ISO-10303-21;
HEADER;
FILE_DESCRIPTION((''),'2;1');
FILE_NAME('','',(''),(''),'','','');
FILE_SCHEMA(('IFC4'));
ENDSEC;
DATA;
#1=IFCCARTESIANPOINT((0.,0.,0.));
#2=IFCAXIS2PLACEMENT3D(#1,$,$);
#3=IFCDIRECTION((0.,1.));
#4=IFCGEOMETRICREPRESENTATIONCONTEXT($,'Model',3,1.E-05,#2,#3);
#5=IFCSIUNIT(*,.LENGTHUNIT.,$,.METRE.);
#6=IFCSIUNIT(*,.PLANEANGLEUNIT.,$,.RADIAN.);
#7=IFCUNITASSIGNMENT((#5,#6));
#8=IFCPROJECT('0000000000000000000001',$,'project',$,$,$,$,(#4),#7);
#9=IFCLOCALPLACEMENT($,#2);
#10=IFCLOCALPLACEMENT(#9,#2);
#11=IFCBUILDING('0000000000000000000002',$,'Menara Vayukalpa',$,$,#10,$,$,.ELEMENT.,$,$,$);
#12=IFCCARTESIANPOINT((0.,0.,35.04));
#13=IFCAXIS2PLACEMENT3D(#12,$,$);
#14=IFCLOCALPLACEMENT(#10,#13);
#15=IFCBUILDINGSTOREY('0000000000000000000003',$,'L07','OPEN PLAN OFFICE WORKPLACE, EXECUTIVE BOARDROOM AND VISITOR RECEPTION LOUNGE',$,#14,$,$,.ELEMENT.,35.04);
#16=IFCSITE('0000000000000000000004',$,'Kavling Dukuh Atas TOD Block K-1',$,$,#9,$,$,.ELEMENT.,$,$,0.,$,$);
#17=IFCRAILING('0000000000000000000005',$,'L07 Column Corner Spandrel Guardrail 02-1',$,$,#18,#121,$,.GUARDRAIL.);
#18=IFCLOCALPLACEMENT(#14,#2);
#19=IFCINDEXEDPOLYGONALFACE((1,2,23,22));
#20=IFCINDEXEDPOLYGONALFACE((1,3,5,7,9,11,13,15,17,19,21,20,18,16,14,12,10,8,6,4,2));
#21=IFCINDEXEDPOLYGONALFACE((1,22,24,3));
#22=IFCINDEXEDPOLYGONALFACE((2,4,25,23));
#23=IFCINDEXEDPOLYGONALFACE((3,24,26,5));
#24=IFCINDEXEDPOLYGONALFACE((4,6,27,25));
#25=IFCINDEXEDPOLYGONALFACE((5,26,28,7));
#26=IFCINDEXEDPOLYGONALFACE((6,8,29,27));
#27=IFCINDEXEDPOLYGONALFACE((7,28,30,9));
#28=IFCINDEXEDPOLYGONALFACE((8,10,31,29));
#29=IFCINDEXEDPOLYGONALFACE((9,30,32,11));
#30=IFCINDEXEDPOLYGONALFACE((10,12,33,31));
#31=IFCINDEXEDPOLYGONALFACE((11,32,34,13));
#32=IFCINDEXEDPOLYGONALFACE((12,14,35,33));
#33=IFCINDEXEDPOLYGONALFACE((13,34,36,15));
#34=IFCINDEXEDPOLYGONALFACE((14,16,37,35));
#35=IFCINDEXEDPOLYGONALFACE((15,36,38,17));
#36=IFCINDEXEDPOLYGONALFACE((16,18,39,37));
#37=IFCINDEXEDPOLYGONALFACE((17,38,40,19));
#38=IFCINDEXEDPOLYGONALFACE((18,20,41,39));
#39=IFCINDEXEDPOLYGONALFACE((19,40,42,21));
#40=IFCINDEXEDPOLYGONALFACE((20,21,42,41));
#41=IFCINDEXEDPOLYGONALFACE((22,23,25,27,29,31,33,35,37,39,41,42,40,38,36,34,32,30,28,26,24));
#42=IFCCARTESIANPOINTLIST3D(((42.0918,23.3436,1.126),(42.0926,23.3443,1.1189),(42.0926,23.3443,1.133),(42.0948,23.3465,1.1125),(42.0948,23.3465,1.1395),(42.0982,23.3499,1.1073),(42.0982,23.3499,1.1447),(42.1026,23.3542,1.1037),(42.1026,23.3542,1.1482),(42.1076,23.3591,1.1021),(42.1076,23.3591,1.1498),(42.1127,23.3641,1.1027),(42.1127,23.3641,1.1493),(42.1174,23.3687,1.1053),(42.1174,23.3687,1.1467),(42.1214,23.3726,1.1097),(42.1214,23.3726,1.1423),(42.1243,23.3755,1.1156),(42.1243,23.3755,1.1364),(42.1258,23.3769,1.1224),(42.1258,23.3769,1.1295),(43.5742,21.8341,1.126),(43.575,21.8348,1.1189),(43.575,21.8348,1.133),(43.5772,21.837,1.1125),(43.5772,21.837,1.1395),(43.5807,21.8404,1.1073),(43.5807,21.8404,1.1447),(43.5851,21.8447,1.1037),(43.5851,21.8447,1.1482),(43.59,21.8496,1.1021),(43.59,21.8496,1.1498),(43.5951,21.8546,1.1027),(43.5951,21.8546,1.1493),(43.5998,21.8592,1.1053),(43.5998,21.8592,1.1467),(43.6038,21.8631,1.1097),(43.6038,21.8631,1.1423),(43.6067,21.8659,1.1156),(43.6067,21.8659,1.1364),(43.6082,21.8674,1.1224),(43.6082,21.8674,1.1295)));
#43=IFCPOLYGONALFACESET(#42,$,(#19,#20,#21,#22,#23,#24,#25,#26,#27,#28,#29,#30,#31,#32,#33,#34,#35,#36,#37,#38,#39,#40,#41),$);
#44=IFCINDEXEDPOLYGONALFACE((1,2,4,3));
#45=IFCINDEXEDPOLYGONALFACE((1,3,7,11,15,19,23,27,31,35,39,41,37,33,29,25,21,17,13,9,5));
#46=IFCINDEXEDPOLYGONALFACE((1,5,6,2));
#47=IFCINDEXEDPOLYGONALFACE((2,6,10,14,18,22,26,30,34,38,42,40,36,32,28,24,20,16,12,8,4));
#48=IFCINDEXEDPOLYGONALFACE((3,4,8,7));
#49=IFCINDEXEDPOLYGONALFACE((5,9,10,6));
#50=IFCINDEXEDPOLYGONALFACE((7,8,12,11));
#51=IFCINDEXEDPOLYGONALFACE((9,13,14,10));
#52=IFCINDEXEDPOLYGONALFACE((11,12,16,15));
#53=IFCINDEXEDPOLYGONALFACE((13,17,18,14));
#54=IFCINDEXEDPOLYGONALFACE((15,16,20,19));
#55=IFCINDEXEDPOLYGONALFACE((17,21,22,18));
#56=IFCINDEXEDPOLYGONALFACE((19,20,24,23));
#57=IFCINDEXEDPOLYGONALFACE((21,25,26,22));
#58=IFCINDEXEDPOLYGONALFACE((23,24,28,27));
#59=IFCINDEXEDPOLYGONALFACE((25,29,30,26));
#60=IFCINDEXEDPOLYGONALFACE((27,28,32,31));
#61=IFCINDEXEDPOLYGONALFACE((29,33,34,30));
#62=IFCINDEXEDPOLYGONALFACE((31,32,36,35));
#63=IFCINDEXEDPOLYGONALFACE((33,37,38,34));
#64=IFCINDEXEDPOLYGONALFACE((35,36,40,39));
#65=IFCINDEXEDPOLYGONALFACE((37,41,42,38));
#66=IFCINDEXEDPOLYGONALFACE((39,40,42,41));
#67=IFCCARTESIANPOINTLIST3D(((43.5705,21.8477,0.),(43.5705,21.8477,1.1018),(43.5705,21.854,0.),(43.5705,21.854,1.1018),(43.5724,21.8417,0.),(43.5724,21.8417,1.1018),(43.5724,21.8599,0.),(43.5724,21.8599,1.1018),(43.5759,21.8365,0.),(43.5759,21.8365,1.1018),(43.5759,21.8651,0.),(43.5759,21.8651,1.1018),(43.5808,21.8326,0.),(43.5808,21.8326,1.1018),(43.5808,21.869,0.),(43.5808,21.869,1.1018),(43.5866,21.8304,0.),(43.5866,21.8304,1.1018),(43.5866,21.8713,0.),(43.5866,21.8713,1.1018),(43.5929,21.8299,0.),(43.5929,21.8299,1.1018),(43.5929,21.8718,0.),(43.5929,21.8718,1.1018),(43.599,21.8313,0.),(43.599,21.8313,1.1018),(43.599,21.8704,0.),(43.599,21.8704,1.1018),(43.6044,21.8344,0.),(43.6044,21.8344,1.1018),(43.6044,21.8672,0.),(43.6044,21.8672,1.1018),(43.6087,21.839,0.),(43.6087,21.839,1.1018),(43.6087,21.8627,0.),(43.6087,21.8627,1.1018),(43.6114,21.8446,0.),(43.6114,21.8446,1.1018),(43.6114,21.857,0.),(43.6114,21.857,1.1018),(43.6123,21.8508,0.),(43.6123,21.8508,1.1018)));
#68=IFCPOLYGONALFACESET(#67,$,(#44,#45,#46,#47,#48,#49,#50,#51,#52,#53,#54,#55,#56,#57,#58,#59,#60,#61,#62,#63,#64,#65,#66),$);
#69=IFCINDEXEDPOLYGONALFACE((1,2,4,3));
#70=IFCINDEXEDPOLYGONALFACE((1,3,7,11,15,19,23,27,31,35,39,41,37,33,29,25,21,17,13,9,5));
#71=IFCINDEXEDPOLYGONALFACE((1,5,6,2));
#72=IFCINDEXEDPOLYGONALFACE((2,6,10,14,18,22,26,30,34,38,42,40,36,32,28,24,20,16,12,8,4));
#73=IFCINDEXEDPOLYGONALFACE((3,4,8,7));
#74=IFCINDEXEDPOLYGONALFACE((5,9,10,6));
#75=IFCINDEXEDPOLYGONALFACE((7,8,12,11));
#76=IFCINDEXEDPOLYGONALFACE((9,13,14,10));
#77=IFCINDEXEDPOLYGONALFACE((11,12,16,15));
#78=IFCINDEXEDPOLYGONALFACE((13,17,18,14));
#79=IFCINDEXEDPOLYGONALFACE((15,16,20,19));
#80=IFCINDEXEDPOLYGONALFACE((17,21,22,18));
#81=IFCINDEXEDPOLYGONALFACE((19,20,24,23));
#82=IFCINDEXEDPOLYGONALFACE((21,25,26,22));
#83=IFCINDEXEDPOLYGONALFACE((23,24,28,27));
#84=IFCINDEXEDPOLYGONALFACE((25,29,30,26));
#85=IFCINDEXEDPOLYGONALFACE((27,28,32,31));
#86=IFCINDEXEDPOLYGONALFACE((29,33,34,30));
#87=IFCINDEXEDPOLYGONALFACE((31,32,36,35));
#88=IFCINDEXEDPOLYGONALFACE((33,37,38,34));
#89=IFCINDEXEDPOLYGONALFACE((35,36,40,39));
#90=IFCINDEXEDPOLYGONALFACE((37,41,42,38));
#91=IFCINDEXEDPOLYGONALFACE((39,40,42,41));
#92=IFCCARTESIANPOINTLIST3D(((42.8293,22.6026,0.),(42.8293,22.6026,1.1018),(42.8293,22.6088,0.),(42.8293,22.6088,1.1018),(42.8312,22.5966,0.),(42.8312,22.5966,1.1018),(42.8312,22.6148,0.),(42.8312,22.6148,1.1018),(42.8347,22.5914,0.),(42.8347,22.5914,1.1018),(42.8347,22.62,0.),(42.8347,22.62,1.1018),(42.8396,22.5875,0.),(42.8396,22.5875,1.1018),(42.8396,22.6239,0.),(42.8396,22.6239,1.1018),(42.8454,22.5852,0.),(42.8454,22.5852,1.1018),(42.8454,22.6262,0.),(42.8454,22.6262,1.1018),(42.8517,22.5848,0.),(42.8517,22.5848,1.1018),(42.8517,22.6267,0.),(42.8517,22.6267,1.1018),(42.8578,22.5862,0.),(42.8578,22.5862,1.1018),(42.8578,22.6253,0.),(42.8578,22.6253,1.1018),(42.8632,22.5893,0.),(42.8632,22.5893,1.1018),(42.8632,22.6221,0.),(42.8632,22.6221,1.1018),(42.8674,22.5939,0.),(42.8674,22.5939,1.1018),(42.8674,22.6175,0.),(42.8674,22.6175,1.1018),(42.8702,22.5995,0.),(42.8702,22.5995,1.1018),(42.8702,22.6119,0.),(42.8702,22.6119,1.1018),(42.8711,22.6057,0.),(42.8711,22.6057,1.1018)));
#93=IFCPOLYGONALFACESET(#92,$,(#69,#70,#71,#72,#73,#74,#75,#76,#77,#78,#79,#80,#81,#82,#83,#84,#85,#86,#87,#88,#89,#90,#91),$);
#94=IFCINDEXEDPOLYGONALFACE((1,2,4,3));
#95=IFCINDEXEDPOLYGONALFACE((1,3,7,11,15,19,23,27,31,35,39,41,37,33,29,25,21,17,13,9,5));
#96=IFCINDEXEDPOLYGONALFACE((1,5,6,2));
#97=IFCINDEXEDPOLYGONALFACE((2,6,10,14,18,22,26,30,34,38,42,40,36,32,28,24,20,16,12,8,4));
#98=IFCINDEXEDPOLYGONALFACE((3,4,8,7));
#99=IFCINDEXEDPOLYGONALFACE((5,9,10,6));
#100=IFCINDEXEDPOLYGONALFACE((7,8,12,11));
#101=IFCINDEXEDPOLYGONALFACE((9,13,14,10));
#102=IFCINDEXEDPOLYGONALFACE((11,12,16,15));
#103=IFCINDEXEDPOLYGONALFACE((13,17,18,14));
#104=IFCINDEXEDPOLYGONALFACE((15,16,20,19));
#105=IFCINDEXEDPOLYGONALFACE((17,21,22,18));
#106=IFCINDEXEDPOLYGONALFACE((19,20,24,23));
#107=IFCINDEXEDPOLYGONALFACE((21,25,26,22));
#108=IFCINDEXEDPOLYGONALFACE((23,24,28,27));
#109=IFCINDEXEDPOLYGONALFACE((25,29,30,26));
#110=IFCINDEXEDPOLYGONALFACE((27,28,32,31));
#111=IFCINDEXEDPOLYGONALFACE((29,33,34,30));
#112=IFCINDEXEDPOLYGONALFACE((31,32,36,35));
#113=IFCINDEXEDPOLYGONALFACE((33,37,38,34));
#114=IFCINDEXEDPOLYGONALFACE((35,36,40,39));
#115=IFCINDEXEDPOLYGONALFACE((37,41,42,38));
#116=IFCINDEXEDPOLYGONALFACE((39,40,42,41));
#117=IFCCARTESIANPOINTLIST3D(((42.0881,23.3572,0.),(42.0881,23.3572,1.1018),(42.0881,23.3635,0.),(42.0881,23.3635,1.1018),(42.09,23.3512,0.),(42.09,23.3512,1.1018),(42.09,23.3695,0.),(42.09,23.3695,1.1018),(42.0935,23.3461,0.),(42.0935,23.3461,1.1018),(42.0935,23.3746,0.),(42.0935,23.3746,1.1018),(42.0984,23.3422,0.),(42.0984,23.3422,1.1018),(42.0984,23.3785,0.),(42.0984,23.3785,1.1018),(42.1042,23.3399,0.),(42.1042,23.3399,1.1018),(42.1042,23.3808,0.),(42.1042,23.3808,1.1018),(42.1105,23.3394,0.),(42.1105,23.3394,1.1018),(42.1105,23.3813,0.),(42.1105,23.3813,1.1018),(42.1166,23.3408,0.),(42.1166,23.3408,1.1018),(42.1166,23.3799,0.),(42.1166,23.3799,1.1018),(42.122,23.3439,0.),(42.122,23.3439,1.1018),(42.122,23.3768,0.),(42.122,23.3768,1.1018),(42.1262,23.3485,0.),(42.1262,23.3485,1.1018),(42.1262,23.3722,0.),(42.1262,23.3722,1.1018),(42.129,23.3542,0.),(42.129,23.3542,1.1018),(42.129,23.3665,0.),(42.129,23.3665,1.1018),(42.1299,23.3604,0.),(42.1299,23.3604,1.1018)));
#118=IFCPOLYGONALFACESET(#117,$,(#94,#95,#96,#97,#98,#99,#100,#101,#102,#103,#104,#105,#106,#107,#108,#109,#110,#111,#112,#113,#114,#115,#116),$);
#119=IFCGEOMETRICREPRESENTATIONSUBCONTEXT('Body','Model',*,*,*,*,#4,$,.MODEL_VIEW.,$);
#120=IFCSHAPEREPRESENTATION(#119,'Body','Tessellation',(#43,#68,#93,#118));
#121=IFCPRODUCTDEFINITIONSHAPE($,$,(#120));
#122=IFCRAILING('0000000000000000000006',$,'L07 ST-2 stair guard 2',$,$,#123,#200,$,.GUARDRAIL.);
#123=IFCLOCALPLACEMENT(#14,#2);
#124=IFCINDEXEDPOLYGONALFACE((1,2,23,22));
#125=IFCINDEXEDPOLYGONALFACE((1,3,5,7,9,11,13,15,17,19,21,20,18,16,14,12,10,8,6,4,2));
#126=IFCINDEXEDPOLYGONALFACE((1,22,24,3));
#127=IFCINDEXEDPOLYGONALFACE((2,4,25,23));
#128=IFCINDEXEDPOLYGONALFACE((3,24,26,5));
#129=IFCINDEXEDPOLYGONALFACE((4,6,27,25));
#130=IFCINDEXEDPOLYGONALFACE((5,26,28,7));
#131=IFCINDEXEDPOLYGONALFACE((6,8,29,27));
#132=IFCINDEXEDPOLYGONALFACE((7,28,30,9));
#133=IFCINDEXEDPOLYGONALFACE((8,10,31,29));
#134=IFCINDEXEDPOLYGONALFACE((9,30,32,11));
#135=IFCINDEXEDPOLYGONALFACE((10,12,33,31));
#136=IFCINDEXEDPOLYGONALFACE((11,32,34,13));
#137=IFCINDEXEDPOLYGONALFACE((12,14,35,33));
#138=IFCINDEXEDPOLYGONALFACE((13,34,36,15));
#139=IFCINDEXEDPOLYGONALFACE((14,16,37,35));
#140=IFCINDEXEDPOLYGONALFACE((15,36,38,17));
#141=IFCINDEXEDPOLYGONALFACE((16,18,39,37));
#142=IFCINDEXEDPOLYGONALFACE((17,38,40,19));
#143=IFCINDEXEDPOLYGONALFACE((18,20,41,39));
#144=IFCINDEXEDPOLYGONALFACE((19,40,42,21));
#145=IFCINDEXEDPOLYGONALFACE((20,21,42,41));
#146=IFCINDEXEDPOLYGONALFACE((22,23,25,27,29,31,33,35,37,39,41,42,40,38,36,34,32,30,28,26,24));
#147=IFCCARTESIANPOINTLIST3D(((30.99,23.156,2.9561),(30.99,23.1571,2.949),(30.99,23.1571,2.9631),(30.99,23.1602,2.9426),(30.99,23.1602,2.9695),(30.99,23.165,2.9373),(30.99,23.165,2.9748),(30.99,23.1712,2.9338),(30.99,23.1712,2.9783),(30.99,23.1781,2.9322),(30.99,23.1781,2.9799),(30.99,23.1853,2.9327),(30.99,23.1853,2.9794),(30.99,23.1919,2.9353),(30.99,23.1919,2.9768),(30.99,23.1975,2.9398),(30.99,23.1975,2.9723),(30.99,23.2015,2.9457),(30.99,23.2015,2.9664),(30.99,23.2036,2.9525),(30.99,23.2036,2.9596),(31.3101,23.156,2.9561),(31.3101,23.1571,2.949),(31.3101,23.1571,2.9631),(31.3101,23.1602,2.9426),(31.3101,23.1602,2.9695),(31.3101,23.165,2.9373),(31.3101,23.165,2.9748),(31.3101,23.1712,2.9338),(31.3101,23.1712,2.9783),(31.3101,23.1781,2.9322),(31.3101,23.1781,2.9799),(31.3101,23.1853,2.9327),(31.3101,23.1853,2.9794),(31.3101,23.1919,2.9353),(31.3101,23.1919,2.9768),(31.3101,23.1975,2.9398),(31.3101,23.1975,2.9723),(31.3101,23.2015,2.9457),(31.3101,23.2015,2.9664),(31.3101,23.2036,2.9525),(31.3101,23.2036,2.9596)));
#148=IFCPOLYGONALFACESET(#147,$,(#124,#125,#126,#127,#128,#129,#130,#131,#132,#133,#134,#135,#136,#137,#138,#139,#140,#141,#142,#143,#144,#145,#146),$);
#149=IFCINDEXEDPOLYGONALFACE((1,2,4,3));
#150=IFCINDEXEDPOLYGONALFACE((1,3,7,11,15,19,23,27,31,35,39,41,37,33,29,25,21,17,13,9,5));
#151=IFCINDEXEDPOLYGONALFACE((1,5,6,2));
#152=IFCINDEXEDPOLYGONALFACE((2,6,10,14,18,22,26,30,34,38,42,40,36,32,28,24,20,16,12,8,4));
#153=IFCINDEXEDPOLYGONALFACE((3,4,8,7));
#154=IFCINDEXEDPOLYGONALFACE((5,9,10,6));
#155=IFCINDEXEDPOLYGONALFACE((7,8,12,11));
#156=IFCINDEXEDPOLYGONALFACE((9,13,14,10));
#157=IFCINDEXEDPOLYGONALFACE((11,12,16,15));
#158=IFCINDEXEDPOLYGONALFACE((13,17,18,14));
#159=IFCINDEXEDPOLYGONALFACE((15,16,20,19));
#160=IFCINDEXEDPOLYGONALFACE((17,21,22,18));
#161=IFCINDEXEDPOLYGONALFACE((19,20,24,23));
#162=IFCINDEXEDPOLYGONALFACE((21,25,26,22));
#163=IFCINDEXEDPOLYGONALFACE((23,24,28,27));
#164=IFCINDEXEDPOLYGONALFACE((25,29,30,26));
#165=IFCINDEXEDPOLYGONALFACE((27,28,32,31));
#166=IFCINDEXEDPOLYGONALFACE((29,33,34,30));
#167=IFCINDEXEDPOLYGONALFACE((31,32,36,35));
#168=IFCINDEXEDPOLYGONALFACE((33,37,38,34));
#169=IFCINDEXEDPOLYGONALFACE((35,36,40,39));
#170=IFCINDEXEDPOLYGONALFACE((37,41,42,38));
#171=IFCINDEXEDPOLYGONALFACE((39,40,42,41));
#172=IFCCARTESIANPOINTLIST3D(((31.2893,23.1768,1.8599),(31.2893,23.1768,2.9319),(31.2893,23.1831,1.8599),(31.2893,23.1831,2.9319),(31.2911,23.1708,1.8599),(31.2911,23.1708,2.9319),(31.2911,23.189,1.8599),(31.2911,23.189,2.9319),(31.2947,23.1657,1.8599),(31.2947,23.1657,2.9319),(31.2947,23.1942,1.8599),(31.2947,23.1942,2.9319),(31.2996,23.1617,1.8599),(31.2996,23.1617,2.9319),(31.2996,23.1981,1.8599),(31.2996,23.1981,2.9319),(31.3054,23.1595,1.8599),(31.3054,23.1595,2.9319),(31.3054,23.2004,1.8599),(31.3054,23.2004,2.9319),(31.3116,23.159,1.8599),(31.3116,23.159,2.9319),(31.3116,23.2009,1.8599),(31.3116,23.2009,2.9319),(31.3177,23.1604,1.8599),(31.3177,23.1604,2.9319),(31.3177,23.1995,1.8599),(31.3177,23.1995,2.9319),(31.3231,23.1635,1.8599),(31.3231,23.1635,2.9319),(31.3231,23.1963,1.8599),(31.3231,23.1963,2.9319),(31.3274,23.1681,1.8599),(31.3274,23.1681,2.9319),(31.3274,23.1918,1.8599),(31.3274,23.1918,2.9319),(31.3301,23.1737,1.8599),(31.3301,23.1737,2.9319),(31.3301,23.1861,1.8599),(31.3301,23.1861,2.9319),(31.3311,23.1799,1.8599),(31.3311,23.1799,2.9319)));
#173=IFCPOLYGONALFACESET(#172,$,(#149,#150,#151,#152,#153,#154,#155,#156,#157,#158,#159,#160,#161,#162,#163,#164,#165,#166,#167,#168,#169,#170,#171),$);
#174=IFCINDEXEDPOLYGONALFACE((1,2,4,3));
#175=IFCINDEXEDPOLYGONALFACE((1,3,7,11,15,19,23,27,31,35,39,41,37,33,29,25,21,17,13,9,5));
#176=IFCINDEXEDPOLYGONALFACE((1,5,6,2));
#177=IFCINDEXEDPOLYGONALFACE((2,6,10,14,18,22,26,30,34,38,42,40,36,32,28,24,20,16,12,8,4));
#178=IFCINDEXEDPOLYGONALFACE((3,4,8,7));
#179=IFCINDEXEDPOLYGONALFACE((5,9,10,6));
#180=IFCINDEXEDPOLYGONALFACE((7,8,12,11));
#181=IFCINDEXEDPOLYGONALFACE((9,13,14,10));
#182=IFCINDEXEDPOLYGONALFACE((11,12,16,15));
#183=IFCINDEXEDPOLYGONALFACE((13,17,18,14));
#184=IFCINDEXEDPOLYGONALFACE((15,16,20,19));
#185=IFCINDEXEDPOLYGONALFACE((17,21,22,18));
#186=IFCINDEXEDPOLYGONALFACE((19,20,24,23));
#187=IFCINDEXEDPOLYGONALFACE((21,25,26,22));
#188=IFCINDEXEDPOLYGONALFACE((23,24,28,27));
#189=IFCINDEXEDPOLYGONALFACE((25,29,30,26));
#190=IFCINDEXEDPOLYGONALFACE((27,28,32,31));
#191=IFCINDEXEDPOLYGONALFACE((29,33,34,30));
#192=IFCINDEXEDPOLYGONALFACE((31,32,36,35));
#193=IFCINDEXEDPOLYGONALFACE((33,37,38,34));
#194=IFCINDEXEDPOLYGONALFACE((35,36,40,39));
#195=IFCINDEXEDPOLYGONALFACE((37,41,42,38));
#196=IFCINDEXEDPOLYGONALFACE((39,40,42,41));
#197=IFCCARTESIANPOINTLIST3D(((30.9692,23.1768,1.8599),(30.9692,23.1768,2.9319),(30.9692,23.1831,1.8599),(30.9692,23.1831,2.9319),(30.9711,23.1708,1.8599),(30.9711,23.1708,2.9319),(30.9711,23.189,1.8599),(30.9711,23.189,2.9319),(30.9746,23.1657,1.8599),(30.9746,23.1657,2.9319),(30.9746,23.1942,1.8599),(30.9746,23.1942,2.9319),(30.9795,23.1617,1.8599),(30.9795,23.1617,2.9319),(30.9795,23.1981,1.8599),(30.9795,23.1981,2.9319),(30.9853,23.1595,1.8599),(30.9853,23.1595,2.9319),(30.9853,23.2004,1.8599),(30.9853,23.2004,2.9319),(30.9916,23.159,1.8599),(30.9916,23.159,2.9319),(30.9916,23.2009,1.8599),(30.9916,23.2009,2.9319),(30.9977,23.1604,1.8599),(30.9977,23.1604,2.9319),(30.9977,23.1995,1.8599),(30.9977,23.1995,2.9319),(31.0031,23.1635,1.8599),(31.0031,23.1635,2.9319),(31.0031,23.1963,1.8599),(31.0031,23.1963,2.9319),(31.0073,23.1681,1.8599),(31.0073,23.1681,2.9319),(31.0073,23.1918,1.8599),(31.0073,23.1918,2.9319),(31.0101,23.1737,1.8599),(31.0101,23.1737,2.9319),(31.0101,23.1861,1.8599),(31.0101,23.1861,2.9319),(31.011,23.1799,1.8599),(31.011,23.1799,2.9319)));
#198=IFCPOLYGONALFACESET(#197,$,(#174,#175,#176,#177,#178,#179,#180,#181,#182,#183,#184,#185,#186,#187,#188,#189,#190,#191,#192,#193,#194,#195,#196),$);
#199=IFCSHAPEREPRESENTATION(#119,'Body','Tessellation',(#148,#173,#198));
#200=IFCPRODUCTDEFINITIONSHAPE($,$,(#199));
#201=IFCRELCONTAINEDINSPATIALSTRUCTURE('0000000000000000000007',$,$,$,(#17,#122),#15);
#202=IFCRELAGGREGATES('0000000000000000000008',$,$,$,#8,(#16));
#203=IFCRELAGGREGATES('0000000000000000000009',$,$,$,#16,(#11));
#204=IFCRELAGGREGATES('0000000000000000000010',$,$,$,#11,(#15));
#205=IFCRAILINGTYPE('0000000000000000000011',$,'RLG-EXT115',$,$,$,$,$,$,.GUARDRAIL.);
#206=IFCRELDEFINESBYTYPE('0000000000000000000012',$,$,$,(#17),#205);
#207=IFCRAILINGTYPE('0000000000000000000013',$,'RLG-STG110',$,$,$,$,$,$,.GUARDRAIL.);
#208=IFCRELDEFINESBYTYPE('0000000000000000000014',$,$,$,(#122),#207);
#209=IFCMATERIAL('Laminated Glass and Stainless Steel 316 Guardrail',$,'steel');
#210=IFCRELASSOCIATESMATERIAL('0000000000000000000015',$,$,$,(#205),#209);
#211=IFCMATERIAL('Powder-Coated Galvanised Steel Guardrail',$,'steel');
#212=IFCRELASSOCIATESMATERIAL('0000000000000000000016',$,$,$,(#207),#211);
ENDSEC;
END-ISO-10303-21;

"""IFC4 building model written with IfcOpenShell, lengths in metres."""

from ifc_helpers import new_model, si_unit, direction, frame, origin, origin_2d, place, context, subcontext, project, spatial, circle, extrude, material, type_object, element, save


model = new_model("IFC4")

# Units and contexts
model_context = context("Model", 3, precision=1e-05, world=origin(), true_north=direction((0.0, 1.0)))
body_context = subcontext(model_context, "Body", "Model", "MODEL_VIEW")
ifc_project = project(units=[si_unit("LENGTHUNIT", "METRE"), si_unit("PLANEANGLEUNIT", "RADIAN")], contexts=[model_context])

# Site, building, storey
site_placement = place(None, origin())
site = spatial("IfcSite", under=ifc_project, at=site_placement, Name="Kavling Dukuh Atas TOD Block K-1", CompositionType="ELEMENT", RefElevation=0.0)
building_placement = place(site_placement, origin())
building = spatial("IfcBuilding", under=site, at=building_placement, Name="Menara Vayukalpa", CompositionType="ELEMENT")
storey_placement = place(building_placement, frame((0.0, 0.0, 35.04)))
storey = spatial("IfcBuildingStorey", under=building, at=storey_placement, Name="L07", Description="OPEN PLAN OFFICE WORKPLACE, EXECUTIVE BOARDROOM AND VISITOR RECEPTION LOUNGE", CompositionType="ELEMENT", Elevation=35.04)

# Railings
ifc_material_1 = material(Name="Laminated Glass and Stainless Steel 316 Guardrail", Category="steel")
railing_type_1 = type_object("IfcRailingType", Name="RLG-EXT115", PredefinedType="GUARDRAIL", material=ifc_material_1)
railing_1_placement = place(storey_placement, frame((43.5913, 21.8508, 0.0)))
element("IfcRailing", 1, at=railing_1_placement, inside=storey, type_object=railing_type_1, Name="L07 Column Corner Spandrel Guardrail 02-1", PredefinedType="GUARDRAIL", context=body_context, shape_type="SweptSolid", body=[
    extrude(circle(Radius=0.0239, at=origin_2d()), frame((0.0, 0.0, 1.126), z_axis=(-0.700673, 0.713482, 0.0), x_axis=(-0.713482, -0.700673, 0.0)), (0.0, 0.0, 1.0), 2.1157),
    extrude(circle(Radius=0.021, at=origin_2d()), origin(), (0.0, 0.0, 1.0), 1.1018),
    extrude(circle(Radius=0.021, at=origin_2d()), frame((-0.7412, 0.7549, 0.0)), (0.0, 0.0, 1.0), 1.1018),
    extrude(circle(Radius=0.021, at=origin_2d()), frame((-1.4824, 1.5095, 0.0)), (0.0, 0.0, 1.0), 1.1018),
])
ifc_material_2 = material(Name="Powder-Coated Galvanised Steel Guardrail", Category="steel")
railing_type_2 = type_object("IfcRailingType", Name="RLG-STG110", PredefinedType="GUARDRAIL", material=ifc_material_2)
railing_2_placement = place(storey_placement, frame((31.3101, 23.1799, 1.8599)))
element("IfcRailing", 2, at=railing_2_placement, inside=storey, type_object=railing_type_2, Name="L07 ST-2 stair guard 2", PredefinedType="GUARDRAIL", context=body_context, shape_type="SweptSolid", body=[
    extrude(circle(Radius=0.0239, at=origin_2d()), frame((0.0, 0.0, 1.0962), z_axis=(-1.0, 0.0, 0.0), x_axis=(0.0, -1.0, 0.0)), (0.0, 0.0, 1.0), 0.3201),
    extrude(circle(Radius=0.021, at=origin_2d()), origin(), (0.0, 0.0, 1.0), 1.072),
    extrude(circle(Radius=0.021, at=origin_2d()), frame((-0.3201, 0.0, 0.0)), (0.0, 0.0, 1.0), 1.072),
])

save(model, "model.ifc")
